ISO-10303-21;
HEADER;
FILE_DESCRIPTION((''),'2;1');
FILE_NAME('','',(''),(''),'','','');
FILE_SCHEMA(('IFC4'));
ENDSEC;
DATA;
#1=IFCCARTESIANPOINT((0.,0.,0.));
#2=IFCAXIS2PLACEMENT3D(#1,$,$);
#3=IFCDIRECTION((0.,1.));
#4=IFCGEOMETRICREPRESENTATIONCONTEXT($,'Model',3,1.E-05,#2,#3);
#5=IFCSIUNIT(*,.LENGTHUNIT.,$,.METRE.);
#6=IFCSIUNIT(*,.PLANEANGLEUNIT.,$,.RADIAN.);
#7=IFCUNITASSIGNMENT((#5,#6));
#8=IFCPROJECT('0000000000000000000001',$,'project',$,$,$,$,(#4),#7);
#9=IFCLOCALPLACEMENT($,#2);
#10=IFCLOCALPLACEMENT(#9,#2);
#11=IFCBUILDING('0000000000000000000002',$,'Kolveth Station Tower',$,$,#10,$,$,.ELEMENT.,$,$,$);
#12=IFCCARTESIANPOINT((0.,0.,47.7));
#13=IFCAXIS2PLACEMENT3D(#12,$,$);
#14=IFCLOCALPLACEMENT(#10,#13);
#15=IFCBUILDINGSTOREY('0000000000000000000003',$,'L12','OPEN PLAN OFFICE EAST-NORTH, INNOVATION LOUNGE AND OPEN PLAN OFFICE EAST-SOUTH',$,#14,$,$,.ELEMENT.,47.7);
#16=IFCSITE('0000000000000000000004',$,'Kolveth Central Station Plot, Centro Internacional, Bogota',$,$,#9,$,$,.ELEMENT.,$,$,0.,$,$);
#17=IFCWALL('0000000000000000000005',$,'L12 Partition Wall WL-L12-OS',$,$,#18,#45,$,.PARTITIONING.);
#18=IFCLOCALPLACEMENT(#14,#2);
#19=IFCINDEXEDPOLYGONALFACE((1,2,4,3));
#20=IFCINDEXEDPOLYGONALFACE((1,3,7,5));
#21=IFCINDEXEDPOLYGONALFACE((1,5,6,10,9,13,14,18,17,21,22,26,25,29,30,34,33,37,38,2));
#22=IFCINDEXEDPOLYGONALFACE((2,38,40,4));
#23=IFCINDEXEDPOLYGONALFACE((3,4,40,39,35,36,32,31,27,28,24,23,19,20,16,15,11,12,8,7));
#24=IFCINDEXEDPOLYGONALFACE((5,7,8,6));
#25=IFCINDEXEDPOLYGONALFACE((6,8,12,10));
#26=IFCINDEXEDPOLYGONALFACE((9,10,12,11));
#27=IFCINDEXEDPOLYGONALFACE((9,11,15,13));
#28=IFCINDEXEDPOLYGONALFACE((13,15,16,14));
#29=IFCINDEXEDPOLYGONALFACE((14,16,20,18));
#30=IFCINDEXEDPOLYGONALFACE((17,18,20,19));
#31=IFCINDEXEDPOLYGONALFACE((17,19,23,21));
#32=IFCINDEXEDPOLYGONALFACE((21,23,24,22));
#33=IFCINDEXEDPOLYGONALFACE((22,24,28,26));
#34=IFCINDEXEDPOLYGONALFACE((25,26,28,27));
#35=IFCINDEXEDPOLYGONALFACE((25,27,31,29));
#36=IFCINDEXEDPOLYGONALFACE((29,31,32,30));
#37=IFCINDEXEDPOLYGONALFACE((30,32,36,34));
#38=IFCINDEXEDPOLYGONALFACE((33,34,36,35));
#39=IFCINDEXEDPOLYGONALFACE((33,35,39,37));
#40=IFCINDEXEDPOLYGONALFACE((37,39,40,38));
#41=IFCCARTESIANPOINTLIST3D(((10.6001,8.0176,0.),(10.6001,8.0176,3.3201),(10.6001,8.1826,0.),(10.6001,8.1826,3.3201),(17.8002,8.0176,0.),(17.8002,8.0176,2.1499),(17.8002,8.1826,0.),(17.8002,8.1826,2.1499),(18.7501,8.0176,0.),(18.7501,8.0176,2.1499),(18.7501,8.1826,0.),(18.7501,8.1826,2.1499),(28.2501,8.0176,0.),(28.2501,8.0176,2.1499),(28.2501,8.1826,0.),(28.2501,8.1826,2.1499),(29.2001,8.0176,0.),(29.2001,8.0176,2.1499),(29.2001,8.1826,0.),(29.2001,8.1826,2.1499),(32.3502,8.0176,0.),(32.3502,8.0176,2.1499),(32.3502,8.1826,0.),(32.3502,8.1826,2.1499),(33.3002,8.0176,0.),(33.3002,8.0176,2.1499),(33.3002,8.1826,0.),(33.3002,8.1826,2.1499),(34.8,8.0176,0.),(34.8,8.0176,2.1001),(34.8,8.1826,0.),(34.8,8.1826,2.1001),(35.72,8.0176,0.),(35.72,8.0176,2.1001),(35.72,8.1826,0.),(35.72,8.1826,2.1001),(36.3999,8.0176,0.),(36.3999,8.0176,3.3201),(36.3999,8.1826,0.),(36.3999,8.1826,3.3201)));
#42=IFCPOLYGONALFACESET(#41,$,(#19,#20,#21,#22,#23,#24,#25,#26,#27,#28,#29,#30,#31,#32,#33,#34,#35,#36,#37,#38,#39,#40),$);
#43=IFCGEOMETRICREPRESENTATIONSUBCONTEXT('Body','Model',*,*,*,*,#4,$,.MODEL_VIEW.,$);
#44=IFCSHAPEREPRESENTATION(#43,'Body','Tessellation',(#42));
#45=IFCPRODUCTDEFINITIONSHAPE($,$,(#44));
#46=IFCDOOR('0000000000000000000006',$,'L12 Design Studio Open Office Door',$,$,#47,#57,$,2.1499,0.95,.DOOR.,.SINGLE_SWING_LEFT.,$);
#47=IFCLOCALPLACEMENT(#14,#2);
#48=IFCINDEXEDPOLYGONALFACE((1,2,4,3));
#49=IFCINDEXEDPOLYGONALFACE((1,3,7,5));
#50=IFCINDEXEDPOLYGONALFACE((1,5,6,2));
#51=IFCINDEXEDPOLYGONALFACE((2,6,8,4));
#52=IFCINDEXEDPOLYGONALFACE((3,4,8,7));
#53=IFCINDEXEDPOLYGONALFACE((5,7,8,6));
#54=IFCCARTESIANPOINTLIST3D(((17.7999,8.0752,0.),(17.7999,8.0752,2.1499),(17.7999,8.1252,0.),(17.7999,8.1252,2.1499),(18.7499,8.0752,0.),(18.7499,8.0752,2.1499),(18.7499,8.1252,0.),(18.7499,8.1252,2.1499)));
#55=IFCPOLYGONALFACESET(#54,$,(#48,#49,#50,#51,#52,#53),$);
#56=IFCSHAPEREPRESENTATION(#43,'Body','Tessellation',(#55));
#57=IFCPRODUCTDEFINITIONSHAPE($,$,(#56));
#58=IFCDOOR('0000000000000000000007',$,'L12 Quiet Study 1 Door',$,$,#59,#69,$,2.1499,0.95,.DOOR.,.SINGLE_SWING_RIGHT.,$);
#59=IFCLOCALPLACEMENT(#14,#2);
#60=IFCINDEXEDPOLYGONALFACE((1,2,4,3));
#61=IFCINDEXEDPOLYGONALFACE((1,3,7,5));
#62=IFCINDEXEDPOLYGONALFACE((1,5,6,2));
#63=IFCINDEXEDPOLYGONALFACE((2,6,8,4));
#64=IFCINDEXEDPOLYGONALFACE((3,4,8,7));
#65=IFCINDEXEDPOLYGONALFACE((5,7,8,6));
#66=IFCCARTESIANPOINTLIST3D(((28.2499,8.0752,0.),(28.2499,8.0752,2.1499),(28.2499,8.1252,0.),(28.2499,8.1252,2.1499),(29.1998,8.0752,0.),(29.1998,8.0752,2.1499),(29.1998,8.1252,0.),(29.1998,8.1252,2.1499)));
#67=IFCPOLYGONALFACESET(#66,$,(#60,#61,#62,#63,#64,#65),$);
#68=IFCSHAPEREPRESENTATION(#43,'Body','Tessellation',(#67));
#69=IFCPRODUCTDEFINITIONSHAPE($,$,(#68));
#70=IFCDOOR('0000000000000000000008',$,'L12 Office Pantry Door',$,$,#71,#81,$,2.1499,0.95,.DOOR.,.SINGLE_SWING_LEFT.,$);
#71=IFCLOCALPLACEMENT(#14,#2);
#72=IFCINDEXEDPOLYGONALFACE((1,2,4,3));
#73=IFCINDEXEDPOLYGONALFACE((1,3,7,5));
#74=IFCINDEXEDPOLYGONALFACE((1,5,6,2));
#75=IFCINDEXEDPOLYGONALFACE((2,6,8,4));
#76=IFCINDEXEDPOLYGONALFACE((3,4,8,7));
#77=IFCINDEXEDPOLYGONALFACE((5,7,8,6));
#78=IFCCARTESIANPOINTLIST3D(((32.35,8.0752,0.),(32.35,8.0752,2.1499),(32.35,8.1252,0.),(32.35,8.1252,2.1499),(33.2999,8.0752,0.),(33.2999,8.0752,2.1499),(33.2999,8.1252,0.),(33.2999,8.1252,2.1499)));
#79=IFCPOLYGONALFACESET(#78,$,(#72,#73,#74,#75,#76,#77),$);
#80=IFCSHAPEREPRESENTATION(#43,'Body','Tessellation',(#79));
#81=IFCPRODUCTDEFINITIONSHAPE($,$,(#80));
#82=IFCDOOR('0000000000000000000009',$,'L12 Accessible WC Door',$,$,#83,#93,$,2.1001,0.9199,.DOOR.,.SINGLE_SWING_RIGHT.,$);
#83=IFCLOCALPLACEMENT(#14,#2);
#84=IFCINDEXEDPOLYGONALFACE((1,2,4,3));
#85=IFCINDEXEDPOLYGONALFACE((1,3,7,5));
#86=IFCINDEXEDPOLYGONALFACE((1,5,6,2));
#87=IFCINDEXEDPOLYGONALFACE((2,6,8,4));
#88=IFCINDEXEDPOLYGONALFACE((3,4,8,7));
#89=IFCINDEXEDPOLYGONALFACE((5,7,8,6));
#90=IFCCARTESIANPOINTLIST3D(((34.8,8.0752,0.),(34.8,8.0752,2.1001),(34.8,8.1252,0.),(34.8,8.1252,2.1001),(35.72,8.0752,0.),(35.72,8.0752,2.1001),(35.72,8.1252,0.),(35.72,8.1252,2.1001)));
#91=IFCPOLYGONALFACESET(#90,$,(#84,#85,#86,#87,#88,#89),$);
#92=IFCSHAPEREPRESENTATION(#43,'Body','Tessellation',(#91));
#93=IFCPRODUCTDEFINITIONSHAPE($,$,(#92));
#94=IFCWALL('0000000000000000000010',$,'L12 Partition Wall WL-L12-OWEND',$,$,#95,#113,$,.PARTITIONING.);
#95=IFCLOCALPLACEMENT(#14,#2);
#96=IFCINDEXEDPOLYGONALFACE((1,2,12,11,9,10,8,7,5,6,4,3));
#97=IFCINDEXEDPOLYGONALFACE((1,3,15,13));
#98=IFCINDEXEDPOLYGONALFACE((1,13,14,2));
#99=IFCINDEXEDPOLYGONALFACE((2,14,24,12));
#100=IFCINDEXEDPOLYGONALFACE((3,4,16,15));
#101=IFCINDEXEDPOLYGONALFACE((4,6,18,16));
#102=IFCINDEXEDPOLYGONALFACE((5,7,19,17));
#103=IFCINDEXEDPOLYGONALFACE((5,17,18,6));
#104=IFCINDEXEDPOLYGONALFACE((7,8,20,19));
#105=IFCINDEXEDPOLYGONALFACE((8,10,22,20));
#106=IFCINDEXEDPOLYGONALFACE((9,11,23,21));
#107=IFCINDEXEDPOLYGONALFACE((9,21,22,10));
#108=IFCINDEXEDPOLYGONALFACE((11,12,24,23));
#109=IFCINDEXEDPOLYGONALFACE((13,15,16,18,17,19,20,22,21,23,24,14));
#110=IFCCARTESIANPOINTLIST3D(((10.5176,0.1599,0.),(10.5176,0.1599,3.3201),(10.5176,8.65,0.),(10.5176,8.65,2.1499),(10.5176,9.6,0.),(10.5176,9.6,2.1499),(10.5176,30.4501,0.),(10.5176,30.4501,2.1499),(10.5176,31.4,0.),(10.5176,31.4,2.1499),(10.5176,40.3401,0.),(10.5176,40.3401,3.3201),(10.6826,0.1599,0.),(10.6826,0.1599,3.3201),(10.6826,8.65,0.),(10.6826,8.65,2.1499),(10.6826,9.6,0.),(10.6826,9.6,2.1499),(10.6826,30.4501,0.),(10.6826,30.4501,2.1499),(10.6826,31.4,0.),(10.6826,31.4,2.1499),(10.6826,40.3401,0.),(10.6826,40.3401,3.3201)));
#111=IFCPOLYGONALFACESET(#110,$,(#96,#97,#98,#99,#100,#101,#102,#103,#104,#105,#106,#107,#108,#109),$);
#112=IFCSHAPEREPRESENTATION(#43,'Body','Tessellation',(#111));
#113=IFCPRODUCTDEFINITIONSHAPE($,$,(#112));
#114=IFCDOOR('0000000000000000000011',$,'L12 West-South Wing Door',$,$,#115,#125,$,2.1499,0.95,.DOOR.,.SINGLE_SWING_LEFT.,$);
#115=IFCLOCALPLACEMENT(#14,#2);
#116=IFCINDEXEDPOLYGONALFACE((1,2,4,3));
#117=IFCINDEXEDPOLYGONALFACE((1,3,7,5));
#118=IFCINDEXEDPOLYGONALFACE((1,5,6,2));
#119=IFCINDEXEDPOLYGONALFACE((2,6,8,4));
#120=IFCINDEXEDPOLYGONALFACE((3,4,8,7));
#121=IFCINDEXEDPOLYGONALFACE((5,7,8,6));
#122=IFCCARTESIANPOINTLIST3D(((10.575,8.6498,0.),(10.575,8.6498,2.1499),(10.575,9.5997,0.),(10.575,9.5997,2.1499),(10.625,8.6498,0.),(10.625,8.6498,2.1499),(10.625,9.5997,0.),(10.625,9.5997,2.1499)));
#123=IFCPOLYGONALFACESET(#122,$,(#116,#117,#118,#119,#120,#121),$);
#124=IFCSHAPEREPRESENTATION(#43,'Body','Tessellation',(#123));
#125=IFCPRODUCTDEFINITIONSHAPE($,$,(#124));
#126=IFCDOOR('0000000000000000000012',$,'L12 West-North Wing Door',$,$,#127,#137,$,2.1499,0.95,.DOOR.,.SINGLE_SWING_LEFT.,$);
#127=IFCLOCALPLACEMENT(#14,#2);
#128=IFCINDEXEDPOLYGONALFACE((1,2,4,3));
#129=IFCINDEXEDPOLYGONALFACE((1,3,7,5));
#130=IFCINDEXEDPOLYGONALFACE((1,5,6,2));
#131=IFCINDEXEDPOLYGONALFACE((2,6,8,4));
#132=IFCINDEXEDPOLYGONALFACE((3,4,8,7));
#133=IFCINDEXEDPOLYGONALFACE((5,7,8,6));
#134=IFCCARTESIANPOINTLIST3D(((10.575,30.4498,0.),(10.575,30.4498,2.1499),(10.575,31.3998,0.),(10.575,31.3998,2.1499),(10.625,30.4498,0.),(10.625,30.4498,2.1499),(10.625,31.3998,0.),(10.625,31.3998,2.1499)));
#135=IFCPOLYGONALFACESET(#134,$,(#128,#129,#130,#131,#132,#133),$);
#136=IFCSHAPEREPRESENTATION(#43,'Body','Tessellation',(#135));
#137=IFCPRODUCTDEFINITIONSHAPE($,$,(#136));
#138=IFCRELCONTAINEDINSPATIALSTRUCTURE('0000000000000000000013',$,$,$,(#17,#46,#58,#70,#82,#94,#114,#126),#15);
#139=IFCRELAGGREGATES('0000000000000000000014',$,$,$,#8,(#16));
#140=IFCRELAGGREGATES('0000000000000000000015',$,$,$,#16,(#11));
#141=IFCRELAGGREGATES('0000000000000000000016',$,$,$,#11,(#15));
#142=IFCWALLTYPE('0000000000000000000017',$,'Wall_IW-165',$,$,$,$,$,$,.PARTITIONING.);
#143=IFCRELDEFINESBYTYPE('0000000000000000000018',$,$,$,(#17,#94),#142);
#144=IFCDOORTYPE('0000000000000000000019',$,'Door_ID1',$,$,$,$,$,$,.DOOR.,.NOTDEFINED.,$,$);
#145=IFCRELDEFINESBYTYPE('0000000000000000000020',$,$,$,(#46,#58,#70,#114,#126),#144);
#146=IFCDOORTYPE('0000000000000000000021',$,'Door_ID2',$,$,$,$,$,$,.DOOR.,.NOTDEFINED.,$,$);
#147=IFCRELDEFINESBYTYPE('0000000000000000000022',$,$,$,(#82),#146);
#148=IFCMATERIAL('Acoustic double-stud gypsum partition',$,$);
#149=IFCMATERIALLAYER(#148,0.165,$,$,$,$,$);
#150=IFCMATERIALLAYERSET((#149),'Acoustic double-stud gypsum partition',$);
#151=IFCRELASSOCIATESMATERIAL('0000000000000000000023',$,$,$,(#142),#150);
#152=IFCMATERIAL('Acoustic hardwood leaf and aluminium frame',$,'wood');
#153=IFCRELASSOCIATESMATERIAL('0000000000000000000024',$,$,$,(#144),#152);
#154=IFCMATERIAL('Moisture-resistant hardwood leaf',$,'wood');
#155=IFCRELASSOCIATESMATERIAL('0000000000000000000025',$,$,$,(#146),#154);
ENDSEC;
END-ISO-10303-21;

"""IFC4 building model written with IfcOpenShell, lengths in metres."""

from ifc_helpers import new_model, si_unit, direction, frame, frame_2d, origin, place, context, subcontext, project, spatial, rectangle, extrude, material, layer, layer_set, type_object, element, fill, save


model = new_model("IFC4")

# Units and contexts
model_context = context("Model", 3, precision=1e-05, world=origin(), true_north=direction((0.0, 1.0)))
body_context = subcontext(model_context, "Body", "Model", "MODEL_VIEW")
ifc_project = project(units=[si_unit("LENGTHUNIT", "METRE"), si_unit("PLANEANGLEUNIT", "RADIAN")], contexts=[model_context])

# Site, building, storey
site_placement = place(None, origin())
site = spatial("IfcSite", under=ifc_project, at=site_placement, Name="Kolveth Central Station Plot, Centro Internacional, Bogota", CompositionType="ELEMENT", RefElevation=0.0)
building_placement = place(site_placement, origin())
building = spatial("IfcBuilding", under=site, at=building_placement, Name="Kolveth Station Tower", CompositionType="ELEMENT")
storey_placement = place(building_placement, frame((0.0, 0.0, 47.7)))
storey = spatial("IfcBuildingStorey", under=building, at=storey_placement, Name="L12", Description="OPEN PLAN OFFICE EAST-NORTH, INNOVATION LOUNGE AND OPEN PLAN OFFICE EAST-SOUTH", CompositionType="ELEMENT", Elevation=47.7)

# Walls, openings, doors
ifc_material_1 = material(Name="Acoustic double-stud gypsum partition")
ifc_layer_1 = layer(ifc_material_1, 0.165)
ifc_layer_set_1 = layer_set([ifc_layer_1], Name="Acoustic double-stud gypsum partition")
wall_type = type_object("IfcWallType", Name="Wall_IW-165", PredefinedType="PARTITIONING", material=ifc_layer_set_1)
wall_1_placement = place(storey_placement, frame((10.6001, 8.1001, 0.0), z_axis=(0.0, 0.0, 1.0), x_axis=(1.0, 0.0, 0.0)))
wall_1 = element("IfcWall", 1, at=wall_1_placement, inside=storey, type_object=wall_type, Name="L12 Partition Wall WL-L12-OS", PredefinedType="PARTITIONING", context=body_context, shape_type="SweptSolid", body=[
    extrude(rectangle(XDim=25.7998, YDim=0.165, at=frame_2d((12.8999, 0.0))), origin(), (0.0, 0.0, 1.0), 3.3201),
])
opening_1_placement = place(wall_1_placement, frame((7.2, 0.0, 0.0)))
opening_1 = element("IfcOpeningElement", 2, at=opening_1_placement, cuts=wall_1, PredefinedType="OPENING", context=body_context, shape_type="SweptSolid", body=[
    extrude(rectangle(XDim=0.95, YDim=2.1499, at=frame_2d((0.4751, 1.075))), frame((0.0, 0.0925, 0.0), z_axis=(0.0, -1.0, 0.0), x_axis=(1.0, 0.0, 0.0)), (0.0, 0.0, 1.0), 0.1851),
])
opening_2_placement = place(wall_1_placement, frame((17.6499, 0.0, 0.0)))
opening_2 = element("IfcOpeningElement", 3, at=opening_2_placement, cuts=wall_1, PredefinedType="OPENING", context=body_context, shape_type="SweptSolid", body=[
    extrude(rectangle(XDim=0.95, YDim=2.1499, at=frame_2d((0.4751, 1.075))), frame((0.0, 0.0925, 0.0), z_axis=(0.0, -1.0, 0.0), x_axis=(1.0, 0.0, 0.0)), (0.0, 0.0, 1.0), 0.1851),
])
opening_3_placement = place(wall_1_placement, frame((21.75, 0.0, 0.0)))
opening_3 = element("IfcOpeningElement", 4, at=opening_3_placement, cuts=wall_1, PredefinedType="OPENING", context=body_context, shape_type="SweptSolid", body=[
    extrude(rectangle(XDim=0.95, YDim=2.1499, at=frame_2d((0.4751, 1.075))), frame((0.0, 0.0925, 0.0), z_axis=(0.0, -1.0, 0.0), x_axis=(1.0, 0.0, 0.0)), (0.0, 0.0, 1.0), 0.1851),
])
opening_4_placement = place(wall_1_placement, frame((24.2, 0.0, 0.0)))
opening_4 = element("IfcOpeningElement", 5, at=opening_4_placement, cuts=wall_1, PredefinedType="OPENING", context=body_context, shape_type="SweptSolid", body=[
    extrude(rectangle(XDim=0.9199, YDim=2.1001, at=frame_2d((0.46, 1.05))), frame((0.0, 0.0925, 0.0), z_axis=(0.0, -1.0, 0.0), x_axis=(1.0, 0.0, 0.0)), (0.0, 0.0, 1.0), 0.1851),
])
ifc_material_2 = material(Name="Acoustic hardwood leaf and aluminium frame", Category="wood")
door_type_1 = type_object("IfcDoorType", Name="Door_ID1", OperationType="NOTDEFINED", PredefinedType="DOOR", material=ifc_material_2)
door_1_placement = place(opening_1_placement, frame((0.95, 0.0, 0.0), z_axis=(0.0, 0.0, 1.0), x_axis=(-1.0, 0.0, 0.0)))
door_1 = element("IfcDoor", 6, at=door_1_placement, inside=storey, type_object=door_type_1, Name="L12 Design Studio Open Office Door", OperationType="SINGLE_SWING_LEFT", OverallHeight=2.1499, OverallWidth=0.95, PredefinedType="DOOR", context=body_context, shape_type="SweptSolid", body=[
    extrude(rectangle(XDim=0.95, YDim=2.1499, at=frame_2d((0.4751, 1.075))), frame((0.0, 0.0249, 0.0), z_axis=(0.0, -1.0, 0.0), x_axis=(1.0, 0.0, 0.0)), (0.0, 0.0, 1.0), 0.05),
])
fill(opening_1, door_1)
door_2_placement = place(opening_2_placement, frame((0.95, 0.0, 0.0), z_axis=(0.0, 0.0, 1.0), x_axis=(-1.0, 0.0, 0.0)))
door_2 = element("IfcDoor", 7, at=door_2_placement, inside=storey, type_object=door_type_1, Name="L12 Quiet Study 1 Door", OperationType="SINGLE_SWING_RIGHT", OverallHeight=2.1499, OverallWidth=0.95, PredefinedType="DOOR", context=body_context, shape_type="SweptSolid", body=[
    extrude(rectangle(XDim=0.95, YDim=2.1499, at=frame_2d((0.4751, 1.075))), frame((0.0, 0.0249, 0.0), z_axis=(0.0, -1.0, 0.0), x_axis=(1.0, 0.0, 0.0)), (0.0, 0.0, 1.0), 0.05),
])
fill(opening_2, door_2)
door_3_placement = place(opening_3_placement, frame((0.95, 0.0, 0.0), z_axis=(0.0, 0.0, 1.0), x_axis=(-1.0, 0.0, 0.0)))
door_3 = element("IfcDoor", 8, at=door_3_placement, inside=storey, type_object=door_type_1, Name="L12 Office Pantry Door", OperationType="SINGLE_SWING_LEFT", OverallHeight=2.1499, OverallWidth=0.95, PredefinedType="DOOR", context=body_context, shape_type="SweptSolid", body=[
    extrude(rectangle(XDim=0.95, YDim=2.1499, at=frame_2d((0.4751, 1.075))), frame((0.0, 0.0249, 0.0), z_axis=(0.0, -1.0, 0.0), x_axis=(1.0, 0.0, 0.0)), (0.0, 0.0, 1.0), 0.05),
])
fill(opening_3, door_3)
ifc_material_3 = material(Name="Moisture-resistant hardwood leaf", Category="wood")
door_type_2 = type_object("IfcDoorType", Name="Door_ID2", OperationType="NOTDEFINED", PredefinedType="DOOR", material=ifc_material_3)
door_4_placement = place(opening_4_placement, frame((0.9199, 0.0, 0.0), z_axis=(0.0, 0.0, 1.0), x_axis=(-1.0, 0.0, 0.0)))
door_4 = element("IfcDoor", 9, at=door_4_placement, inside=storey, type_object=door_type_2, Name="L12 Accessible WC Door", OperationType="SINGLE_SWING_RIGHT", OverallHeight=2.1001, OverallWidth=0.9199, PredefinedType="DOOR", context=body_context, shape_type="SweptSolid", body=[
    extrude(rectangle(XDim=0.9199, YDim=2.1001, at=frame_2d((0.46, 1.05))), frame((0.0, 0.0249, 0.0), z_axis=(0.0, -1.0, 0.0), x_axis=(1.0, 0.0, 0.0)), (0.0, 0.0, 1.0), 0.05),
])
fill(opening_4, door_4)
wall_2_placement = place(storey_placement, frame((10.6001, 0.1599, 0.0), z_axis=(0.0, 0.0, 1.0), x_axis=(0.0, 1.0, 0.0)))
wall_2 = element("IfcWall", 10, at=wall_2_placement, inside=storey, type_object=wall_type, Name="L12 Partition Wall WL-L12-OWEND", PredefinedType="PARTITIONING", context=body_context, shape_type="SweptSolid", body=[
    extrude(rectangle(XDim=40.1802, YDim=0.165, at=frame_2d((20.0901, 0.0))), origin(), (0.0, 0.0, 1.0), 3.3201),
])
opening_5_placement = place(wall_2_placement, frame((8.49, 0.0, 0.0)))
opening_5 = element("IfcOpeningElement", 11, at=opening_5_placement, cuts=wall_2, PredefinedType="OPENING", context=body_context, shape_type="SweptSolid", body=[
    extrude(rectangle(XDim=0.95, YDim=2.1499, at=frame_2d((0.4751, 1.075))), frame((0.0, 0.0925, 0.0), z_axis=(0.0, -1.0, 0.0), x_axis=(1.0, 0.0, 0.0)), (0.0, 0.0, 1.0), 0.1851),
])
opening_6_placement = place(wall_2_placement, frame((30.29, 0.0, 0.0)))
opening_6 = element("IfcOpeningElement", 12, at=opening_6_placement, cuts=wall_2, PredefinedType="OPENING", context=body_context, shape_type="SweptSolid", body=[
    extrude(rectangle(XDim=0.95, YDim=2.1499, at=frame_2d((0.4751, 1.075))), frame((0.0, 0.0925, 0.0), z_axis=(0.0, -1.0, 0.0), x_axis=(1.0, 0.0, 0.0)), (0.0, 0.0, 1.0), 0.1851),
])
door_5_placement = place(opening_5_placement, frame((0.95, 0.0, 0.0), z_axis=(0.0, 0.0, 1.0), x_axis=(-1.0, 0.0, 0.0)))
door_5 = element("IfcDoor", 13, at=door_5_placement, inside=storey, type_object=door_type_1, Name="L12 West-South Wing Door", OperationType="SINGLE_SWING_LEFT", OverallHeight=2.1499, OverallWidth=0.95, PredefinedType="DOOR", context=body_context, shape_type="SweptSolid", body=[
    extrude(rectangle(XDim=0.95, YDim=2.1499, at=frame_2d((0.4751, 1.075))), frame((0.0, 0.0249, 0.0), z_axis=(0.0, -1.0, 0.0), x_axis=(1.0, 0.0, 0.0)), (0.0, 0.0, 1.0), 0.05),
])
fill(opening_5, door_5)
door_6_placement = place(opening_6_placement, frame((0.95, 0.0, 0.0), z_axis=(0.0, 0.0, 1.0), x_axis=(-1.0, 0.0, 0.0)))
door_6 = element("IfcDoor", 14, at=door_6_placement, inside=storey, type_object=door_type_1, Name="L12 West-North Wing Door", OperationType="SINGLE_SWING_LEFT", OverallHeight=2.1499, OverallWidth=0.95, PredefinedType="DOOR", context=body_context, shape_type="SweptSolid", body=[
    extrude(rectangle(XDim=0.95, YDim=2.1499, at=frame_2d((0.4751, 1.075))), frame((0.0, 0.0249, 0.0), z_axis=(0.0, -1.0, 0.0), x_axis=(1.0, 0.0, 0.0)), (0.0, 0.0, 1.0), 0.05),
])
fill(opening_6, door_6)

save(model, "model.ifc")
